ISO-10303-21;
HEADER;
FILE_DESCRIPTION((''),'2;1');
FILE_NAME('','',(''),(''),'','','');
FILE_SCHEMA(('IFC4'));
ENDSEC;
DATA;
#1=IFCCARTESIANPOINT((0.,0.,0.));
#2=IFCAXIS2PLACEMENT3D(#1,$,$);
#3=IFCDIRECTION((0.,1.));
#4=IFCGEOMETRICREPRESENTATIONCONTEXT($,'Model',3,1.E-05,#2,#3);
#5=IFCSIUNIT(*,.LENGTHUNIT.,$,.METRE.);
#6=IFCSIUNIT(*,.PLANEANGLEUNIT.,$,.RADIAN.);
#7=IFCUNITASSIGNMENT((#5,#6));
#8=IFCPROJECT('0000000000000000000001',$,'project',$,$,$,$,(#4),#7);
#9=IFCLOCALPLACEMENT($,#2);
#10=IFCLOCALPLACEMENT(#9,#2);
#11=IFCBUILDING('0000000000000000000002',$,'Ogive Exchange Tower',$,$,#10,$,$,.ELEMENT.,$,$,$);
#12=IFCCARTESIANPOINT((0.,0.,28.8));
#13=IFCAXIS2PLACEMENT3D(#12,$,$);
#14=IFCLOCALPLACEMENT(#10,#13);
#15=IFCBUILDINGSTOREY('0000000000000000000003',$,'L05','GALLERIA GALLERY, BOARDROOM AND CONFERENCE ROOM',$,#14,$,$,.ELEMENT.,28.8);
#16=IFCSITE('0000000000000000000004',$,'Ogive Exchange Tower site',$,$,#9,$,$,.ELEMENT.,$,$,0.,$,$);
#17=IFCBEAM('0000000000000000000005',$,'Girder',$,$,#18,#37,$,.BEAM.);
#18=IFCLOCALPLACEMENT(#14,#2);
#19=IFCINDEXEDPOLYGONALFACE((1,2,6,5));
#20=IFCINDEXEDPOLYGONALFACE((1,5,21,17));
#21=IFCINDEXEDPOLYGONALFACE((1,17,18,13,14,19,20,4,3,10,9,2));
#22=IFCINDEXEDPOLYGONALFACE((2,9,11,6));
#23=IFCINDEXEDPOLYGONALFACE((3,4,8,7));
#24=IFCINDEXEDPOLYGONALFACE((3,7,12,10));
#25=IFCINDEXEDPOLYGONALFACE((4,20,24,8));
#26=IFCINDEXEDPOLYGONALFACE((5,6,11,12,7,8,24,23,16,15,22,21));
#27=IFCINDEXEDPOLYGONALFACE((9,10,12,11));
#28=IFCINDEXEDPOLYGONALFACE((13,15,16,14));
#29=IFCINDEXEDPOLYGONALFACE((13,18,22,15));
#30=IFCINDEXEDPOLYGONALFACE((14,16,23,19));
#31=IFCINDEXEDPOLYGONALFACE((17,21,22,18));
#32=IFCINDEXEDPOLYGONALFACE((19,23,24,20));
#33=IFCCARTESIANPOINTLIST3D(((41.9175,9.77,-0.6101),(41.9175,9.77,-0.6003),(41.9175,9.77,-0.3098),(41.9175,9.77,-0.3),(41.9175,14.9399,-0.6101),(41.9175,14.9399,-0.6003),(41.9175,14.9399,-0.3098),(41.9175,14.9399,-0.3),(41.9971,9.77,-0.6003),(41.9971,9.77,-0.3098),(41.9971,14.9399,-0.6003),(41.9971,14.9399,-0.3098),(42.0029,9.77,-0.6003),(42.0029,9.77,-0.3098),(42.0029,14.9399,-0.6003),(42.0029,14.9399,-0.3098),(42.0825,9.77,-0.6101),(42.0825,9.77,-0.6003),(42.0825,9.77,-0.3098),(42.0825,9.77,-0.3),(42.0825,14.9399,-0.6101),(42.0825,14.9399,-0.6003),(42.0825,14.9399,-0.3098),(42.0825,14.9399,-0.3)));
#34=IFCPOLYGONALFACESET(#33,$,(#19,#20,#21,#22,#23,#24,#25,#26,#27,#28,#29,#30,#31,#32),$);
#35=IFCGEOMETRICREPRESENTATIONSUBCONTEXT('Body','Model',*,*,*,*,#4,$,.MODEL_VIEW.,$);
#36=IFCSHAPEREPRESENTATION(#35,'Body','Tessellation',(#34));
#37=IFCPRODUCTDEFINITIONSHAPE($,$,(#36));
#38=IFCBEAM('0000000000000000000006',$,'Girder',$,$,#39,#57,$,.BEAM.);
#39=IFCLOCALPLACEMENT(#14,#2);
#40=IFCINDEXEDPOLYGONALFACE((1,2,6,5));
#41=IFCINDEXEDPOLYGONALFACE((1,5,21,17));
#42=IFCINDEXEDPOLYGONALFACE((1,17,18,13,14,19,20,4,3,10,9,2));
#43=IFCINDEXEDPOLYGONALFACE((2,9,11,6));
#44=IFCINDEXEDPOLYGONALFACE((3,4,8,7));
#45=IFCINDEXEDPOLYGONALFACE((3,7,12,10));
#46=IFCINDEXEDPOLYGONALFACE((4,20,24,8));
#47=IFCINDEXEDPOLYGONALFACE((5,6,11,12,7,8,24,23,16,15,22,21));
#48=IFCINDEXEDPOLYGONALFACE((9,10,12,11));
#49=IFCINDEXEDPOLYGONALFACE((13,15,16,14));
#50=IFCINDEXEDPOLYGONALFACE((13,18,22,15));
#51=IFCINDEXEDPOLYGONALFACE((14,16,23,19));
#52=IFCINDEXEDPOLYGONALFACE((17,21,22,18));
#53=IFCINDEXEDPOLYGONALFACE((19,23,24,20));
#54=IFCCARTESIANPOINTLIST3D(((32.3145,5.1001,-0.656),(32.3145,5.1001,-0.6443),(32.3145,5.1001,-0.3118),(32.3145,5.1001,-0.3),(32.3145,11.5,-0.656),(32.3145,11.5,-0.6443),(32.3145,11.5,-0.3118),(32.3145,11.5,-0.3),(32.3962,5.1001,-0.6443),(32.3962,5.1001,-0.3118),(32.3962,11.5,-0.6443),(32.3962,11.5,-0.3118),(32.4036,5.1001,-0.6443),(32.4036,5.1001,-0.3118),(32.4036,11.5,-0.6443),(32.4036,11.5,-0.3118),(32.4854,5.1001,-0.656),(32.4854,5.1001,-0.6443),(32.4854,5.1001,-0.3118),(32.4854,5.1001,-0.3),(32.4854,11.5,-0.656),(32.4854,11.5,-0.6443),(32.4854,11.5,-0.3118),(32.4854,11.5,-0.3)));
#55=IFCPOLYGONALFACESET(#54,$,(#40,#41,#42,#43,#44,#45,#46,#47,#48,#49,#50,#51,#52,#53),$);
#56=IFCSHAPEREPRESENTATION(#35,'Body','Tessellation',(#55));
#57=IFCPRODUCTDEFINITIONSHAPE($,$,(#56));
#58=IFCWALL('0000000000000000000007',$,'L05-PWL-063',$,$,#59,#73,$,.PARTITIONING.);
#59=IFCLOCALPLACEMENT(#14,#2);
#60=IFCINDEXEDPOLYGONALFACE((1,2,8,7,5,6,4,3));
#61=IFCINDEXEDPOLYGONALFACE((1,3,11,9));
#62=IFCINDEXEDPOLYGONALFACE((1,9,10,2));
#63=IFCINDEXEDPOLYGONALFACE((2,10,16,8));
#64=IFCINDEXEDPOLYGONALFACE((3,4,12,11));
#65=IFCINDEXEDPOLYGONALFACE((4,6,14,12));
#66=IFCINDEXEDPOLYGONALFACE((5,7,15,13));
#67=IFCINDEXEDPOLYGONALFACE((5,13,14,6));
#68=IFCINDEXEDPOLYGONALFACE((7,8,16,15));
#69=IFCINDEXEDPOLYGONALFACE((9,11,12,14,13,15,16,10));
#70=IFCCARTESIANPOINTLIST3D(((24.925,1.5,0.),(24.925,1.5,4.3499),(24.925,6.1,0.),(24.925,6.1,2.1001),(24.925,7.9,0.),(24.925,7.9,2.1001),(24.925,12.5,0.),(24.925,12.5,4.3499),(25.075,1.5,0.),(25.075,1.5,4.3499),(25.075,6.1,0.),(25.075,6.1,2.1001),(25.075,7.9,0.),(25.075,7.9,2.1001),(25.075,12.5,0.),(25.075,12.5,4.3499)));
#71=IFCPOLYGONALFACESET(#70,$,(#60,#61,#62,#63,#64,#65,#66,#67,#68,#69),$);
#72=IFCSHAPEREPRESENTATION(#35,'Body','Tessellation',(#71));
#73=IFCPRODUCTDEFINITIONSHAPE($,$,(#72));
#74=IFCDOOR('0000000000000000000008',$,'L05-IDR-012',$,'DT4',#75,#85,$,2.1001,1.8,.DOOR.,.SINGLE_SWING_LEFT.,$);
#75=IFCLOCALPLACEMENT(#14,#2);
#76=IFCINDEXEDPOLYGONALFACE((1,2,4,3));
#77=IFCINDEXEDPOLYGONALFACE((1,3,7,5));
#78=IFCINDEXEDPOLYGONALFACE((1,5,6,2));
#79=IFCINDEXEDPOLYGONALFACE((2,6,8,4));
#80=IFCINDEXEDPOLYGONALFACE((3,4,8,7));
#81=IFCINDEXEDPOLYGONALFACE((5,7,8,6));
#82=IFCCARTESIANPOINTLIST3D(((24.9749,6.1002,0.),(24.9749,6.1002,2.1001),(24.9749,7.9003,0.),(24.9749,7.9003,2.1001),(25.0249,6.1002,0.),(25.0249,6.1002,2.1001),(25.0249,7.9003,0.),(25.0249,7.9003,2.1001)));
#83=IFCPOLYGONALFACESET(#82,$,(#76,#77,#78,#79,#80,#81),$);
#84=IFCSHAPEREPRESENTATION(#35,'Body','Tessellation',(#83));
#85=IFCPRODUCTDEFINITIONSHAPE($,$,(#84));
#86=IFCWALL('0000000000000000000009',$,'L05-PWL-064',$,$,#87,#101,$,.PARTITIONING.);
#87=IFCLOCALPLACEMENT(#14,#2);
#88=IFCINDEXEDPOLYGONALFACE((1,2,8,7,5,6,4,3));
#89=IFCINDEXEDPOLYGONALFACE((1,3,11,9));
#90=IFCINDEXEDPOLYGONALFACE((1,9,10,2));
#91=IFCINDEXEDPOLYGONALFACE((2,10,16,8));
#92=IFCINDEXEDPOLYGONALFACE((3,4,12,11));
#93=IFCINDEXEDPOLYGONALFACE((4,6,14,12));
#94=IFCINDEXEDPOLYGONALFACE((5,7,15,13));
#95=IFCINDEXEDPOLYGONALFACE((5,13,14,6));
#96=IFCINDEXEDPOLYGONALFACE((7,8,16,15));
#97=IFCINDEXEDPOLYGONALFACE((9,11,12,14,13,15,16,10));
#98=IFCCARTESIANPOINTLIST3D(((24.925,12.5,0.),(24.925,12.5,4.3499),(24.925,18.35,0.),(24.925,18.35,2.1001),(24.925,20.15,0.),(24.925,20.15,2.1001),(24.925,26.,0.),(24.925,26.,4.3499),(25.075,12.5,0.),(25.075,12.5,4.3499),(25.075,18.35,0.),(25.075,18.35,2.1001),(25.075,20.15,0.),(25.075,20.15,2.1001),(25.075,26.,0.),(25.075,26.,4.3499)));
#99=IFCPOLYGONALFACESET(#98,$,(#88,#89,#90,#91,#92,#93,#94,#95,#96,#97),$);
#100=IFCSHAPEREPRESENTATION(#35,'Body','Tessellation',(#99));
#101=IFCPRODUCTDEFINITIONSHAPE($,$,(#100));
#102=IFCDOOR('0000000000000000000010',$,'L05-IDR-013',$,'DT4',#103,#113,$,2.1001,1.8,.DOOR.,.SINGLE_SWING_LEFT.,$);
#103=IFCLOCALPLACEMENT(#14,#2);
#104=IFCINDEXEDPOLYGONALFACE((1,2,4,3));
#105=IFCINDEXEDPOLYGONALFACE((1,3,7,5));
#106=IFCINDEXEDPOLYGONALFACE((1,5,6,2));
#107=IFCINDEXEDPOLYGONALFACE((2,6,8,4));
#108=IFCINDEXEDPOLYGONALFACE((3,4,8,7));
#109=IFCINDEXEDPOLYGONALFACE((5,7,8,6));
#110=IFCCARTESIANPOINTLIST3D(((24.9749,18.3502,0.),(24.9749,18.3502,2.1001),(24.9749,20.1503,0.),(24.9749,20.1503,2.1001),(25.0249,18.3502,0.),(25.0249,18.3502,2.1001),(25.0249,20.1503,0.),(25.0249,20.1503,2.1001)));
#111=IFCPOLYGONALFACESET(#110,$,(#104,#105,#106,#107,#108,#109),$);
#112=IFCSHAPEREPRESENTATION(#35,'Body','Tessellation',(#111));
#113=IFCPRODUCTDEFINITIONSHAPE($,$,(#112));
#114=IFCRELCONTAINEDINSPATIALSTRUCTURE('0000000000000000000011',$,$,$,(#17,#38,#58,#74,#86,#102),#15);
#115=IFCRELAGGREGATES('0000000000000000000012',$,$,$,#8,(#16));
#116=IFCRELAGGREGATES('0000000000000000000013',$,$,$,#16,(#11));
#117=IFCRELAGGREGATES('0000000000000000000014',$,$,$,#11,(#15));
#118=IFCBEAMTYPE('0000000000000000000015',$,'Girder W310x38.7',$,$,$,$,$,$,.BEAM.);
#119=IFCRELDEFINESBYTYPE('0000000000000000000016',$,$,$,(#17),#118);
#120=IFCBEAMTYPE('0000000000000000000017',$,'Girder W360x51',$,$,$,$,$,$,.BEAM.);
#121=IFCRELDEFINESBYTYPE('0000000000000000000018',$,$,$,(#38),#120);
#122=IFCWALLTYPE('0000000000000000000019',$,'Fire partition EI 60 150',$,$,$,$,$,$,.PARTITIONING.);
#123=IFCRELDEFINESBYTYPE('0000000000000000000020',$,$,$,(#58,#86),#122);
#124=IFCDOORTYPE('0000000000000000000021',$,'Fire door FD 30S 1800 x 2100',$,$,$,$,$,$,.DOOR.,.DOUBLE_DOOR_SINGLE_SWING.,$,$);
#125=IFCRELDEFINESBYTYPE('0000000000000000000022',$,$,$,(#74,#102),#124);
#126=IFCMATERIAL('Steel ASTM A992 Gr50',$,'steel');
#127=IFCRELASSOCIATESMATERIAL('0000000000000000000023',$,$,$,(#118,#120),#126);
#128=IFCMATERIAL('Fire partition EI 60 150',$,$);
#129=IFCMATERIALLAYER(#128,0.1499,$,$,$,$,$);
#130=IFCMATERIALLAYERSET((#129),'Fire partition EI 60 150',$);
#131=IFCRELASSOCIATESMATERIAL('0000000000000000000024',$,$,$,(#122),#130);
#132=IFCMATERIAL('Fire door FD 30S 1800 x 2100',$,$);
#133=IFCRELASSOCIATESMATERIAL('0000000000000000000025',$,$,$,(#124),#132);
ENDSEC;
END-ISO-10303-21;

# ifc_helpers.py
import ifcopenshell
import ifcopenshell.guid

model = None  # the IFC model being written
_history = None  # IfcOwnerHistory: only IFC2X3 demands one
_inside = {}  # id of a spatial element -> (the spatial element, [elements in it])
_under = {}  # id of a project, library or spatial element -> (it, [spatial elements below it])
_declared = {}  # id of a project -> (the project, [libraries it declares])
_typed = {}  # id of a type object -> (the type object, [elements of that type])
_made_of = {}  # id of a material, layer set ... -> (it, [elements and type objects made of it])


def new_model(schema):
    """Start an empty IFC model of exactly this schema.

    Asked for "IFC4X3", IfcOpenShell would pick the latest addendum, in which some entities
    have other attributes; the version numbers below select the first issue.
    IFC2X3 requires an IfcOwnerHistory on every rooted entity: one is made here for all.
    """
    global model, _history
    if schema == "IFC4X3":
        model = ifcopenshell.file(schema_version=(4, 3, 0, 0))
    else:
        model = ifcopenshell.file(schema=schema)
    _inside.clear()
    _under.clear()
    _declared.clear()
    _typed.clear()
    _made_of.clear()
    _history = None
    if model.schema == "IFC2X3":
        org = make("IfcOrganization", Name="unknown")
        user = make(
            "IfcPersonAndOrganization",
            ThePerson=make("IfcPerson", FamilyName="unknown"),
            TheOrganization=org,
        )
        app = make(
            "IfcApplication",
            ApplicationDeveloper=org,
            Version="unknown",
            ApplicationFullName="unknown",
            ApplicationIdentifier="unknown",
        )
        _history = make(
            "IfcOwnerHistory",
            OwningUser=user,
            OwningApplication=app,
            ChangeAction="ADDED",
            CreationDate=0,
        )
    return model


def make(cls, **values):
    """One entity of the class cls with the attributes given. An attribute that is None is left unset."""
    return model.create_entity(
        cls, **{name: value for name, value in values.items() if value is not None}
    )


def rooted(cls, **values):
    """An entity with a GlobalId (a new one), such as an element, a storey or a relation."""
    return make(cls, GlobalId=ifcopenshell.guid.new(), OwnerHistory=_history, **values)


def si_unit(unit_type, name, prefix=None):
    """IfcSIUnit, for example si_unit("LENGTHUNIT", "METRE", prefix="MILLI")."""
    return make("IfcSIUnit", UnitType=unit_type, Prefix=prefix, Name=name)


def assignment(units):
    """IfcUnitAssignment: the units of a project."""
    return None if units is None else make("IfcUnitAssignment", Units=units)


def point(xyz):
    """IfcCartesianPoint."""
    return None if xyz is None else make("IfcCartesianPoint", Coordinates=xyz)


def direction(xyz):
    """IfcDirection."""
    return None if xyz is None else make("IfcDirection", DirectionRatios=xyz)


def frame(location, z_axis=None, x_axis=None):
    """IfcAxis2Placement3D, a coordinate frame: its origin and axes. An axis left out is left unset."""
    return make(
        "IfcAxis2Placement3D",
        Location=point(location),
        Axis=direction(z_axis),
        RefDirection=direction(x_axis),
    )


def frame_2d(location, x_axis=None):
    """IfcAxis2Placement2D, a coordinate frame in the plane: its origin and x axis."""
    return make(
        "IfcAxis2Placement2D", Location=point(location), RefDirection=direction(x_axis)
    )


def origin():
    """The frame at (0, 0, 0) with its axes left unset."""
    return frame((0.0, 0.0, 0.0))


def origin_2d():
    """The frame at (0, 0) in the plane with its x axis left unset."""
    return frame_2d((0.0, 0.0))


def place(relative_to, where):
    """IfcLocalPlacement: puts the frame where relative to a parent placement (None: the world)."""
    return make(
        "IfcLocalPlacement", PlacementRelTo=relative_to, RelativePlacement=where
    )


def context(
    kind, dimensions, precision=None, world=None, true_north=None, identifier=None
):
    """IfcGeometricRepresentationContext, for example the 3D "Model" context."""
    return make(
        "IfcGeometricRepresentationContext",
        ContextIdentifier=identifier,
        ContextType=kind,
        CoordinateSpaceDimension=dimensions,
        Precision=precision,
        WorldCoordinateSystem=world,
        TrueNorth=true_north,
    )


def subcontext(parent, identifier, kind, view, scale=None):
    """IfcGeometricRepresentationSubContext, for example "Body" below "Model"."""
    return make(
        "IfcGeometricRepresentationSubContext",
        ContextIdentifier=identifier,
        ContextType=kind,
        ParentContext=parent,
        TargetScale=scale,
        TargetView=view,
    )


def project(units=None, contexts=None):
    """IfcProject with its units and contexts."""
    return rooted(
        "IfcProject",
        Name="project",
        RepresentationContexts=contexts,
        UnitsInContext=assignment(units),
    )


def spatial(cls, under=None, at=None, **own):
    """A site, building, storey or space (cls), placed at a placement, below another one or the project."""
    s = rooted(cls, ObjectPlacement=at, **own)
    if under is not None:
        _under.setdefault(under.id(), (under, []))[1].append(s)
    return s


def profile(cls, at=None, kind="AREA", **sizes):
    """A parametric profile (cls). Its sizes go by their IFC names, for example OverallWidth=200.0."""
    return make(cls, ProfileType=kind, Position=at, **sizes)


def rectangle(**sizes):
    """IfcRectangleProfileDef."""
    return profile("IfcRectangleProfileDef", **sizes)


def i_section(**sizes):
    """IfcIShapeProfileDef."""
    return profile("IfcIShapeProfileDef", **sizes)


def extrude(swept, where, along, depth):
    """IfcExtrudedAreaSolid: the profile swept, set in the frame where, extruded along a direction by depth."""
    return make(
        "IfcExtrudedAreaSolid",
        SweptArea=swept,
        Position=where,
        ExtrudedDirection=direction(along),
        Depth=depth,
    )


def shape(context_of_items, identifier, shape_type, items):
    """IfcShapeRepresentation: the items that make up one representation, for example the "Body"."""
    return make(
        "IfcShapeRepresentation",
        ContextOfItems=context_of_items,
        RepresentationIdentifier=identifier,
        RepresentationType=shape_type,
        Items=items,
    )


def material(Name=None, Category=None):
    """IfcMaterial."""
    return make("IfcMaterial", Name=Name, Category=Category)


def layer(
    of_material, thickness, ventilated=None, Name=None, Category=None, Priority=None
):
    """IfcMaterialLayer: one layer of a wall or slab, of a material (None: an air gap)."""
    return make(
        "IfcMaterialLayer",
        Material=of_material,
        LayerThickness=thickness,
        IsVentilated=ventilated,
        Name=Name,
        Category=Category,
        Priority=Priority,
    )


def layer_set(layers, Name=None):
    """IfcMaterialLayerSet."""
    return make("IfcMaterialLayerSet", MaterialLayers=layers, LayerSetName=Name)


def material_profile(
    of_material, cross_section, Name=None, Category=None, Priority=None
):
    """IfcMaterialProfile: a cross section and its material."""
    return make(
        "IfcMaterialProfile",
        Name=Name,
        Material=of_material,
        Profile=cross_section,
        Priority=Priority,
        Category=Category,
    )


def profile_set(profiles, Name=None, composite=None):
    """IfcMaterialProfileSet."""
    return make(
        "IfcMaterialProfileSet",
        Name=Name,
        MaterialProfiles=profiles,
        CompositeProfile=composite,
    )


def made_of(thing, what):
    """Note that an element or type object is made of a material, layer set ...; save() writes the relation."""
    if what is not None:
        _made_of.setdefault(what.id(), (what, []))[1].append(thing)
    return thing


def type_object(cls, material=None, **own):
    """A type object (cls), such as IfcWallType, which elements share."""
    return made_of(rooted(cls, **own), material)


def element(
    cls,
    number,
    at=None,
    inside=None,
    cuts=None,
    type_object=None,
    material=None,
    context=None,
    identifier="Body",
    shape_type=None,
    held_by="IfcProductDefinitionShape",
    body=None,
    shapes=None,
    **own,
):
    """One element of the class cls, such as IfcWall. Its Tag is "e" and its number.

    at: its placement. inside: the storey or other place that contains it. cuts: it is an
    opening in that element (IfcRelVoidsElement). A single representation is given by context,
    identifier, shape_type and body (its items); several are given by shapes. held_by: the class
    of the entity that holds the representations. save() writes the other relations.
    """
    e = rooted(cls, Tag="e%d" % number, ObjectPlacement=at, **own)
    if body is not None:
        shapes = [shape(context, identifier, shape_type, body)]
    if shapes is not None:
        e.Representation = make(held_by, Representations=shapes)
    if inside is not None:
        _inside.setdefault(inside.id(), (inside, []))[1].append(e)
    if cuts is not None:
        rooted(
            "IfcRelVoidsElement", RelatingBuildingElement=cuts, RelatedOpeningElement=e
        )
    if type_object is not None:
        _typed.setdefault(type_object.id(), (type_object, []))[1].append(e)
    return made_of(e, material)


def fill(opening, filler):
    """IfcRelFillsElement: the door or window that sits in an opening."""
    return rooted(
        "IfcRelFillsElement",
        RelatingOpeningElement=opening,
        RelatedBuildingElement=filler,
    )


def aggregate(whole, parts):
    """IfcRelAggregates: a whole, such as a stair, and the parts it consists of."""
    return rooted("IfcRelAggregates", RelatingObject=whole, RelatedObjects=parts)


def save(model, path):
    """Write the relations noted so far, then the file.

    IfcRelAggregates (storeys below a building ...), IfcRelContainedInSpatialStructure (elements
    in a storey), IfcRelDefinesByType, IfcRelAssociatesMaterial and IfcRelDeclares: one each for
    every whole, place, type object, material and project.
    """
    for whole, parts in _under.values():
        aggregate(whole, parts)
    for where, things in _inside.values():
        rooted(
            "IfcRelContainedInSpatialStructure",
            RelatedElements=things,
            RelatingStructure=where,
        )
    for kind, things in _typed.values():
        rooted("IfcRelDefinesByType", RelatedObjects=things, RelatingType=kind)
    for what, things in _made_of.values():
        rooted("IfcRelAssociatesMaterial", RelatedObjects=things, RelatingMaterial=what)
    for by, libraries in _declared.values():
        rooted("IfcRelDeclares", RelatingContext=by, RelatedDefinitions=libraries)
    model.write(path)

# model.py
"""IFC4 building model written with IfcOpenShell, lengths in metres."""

from ifc_helpers import new_model, si_unit, direction, frame, frame_2d, origin, origin_2d, place, context, subcontext, project, spatial, rectangle, i_section, extrude, material, layer, layer_set, material_profile, profile_set, type_object, element, fill, save


model = new_model("IFC4")

# Units and contexts
model_context = context("Model", 3, precision=1e-05, world=origin(), true_north=direction((0.0, 1.0)))
body_context = subcontext(model_context, "Body", "Model", "MODEL_VIEW")
ifc_project = project(units=[si_unit("LENGTHUNIT", "METRE"), si_unit("PLANEANGLEUNIT", "RADIAN")], contexts=[model_context])

# Site, building, storey
site_placement = place(None, origin())
site = spatial("IfcSite", under=ifc_project, at=site_placement, Name="Ogive Exchange Tower site", CompositionType="ELEMENT", RefElevation=0.0)
building_placement = place(site_placement, origin())
building = spatial("IfcBuilding", under=site, at=building_placement, Name="Ogive Exchange Tower", CompositionType="ELEMENT")
storey_placement = place(building_placement, frame((0.0, 0.0, 28.8)))
storey = spatial("IfcBuildingStorey", under=building, at=storey_placement, Name="L05", Description="GALLERIA GALLERY, BOARDROOM AND CONFERENCE ROOM", CompositionType="ELEMENT", Elevation=28.8)

# Beams
ifc_material_1 = material(Name="Steel ASTM A992 Gr50", Category="steel")
ifc_material_profile_1 = material_profile(ifc_material_1, i_section(OverallWidth=0.165, OverallDepth=0.3101, WebThickness=0.0059, FlangeThickness=0.0098, at=origin_2d()), Name="W310x38.7")
ifc_profile_set_1 = profile_set([ifc_material_profile_1], Name="Steel ASTM A992 Gr50")
beam_type_1 = type_object("IfcBeamType", Name="Girder W310x38.7", PredefinedType="BEAM", material=ifc_profile_set_1)
beam_1_placement = place(storey_placement, frame((42.0, 9.77, -0.4551), z_axis=(0.0, 1.0, 0.0), x_axis=(-1.0, 0.0, 0.0)))
element("IfcBeam", 1, at=beam_1_placement, inside=storey, type_object=beam_type_1, Name="Girder", PredefinedType="BEAM", context=body_context, shape_type="SweptSolid", body=[
    extrude(i_section(OverallWidth=0.165, OverallDepth=0.3101, WebThickness=0.0059, FlangeThickness=0.0098, at=origin_2d()), origin(), (0.0, 0.0, 1.0), 5.1699),
])
ifc_material_profile_2 = material_profile(ifc_material_1, i_section(OverallWidth=0.1709, OverallDepth=0.356, WebThickness=0.0073, FlangeThickness=0.0117, at=origin_2d()), Name="W360x51")
ifc_profile_set_2 = profile_set([ifc_material_profile_2], Name="Steel ASTM A992 Gr50")
beam_type_2 = type_object("IfcBeamType", Name="Girder W360x51", PredefinedType="BEAM", material=ifc_profile_set_2)
beam_2_placement = place(storey_placement, frame((32.3999, 5.1001, -0.478), z_axis=(0.0, 1.0, 0.0), x_axis=(-1.0, 0.0, 0.0)))
element("IfcBeam", 2, at=beam_2_placement, inside=storey, type_object=beam_type_2, Name="Girder", PredefinedType="BEAM", context=body_context, shape_type="SweptSolid", body=[
    extrude(i_section(OverallWidth=0.1709, OverallDepth=0.356, WebThickness=0.0073, FlangeThickness=0.0117, at=origin_2d()), origin(), (0.0, 0.0, 1.0), 6.3999),
])

# Walls, openings, doors
ifc_material_2 = material(Name="Fire partition EI 60 150")
ifc_layer_1 = layer(ifc_material_2, 0.1499)
ifc_layer_set_1 = layer_set([ifc_layer_1], Name="Fire partition EI 60 150")
wall_type_1 = type_object("IfcWallType", Name="Fire partition EI 60 150", PredefinedType="PARTITIONING", material=ifc_layer_set_1)
wall_1_placement = place(storey_placement, frame((25.0, 1.5, 0.0), z_axis=(0.0, 0.0, 1.0), x_axis=(0.0, 1.0, 0.0)))
wall_1 = element("IfcWall", 3, at=wall_1_placement, inside=storey, type_object=wall_type_1, Name="L05-PWL-063", PredefinedType="PARTITIONING", context=body_context, shape_type="SweptSolid", body=[
    extrude(rectangle(XDim=11.0, YDim=0.1499, at=frame_2d((5.5, 0.0))), origin(), (0.0, 0.0, 1.0), 4.3499),
])
opening_1_placement = place(wall_1_placement, frame((4.6001, 0.0, 0.0)))
opening_1 = element("IfcOpeningElement", 4, at=opening_1_placement, cuts=wall_1, PredefinedType="OPENING", context=body_context, shape_type="SweptSolid", body=[
    extrude(rectangle(XDim=1.8, YDim=2.1001, at=frame_2d((0.8999, 1.05))), frame((0.0, 0.085, 0.0), z_axis=(0.0, -1.0, 0.0), x_axis=(1.0, 0.0, 0.0)), (0.0, 0.0, 1.0), 0.1699),
])
ifc_material_3 = material(Name="Fire door FD 30S 1800 x 2100")
door_type = type_object("IfcDoorType", Name="Fire door FD 30S 1800 x 2100", OperationType="DOUBLE_DOOR_SINGLE_SWING", PredefinedType="DOOR", material=ifc_material_3)
door_1_placement = place(opening_1_placement, frame((1.8, 0.0, 0.0), z_axis=(0.0, 0.0, 1.0), x_axis=(-1.0, 0.0, 0.0)))
door_1 = element("IfcDoor", 5, at=door_1_placement, inside=storey, type_object=door_type, Name="L05-IDR-012", ObjectType="DT4", OperationType="SINGLE_SWING_LEFT", OverallHeight=2.1001, OverallWidth=1.8, PredefinedType="DOOR", context=body_context, shape_type="SweptSolid", body=[
    extrude(rectangle(XDim=1.8, YDim=2.1001, at=frame_2d((0.8999, 1.05))), frame((0.0, 0.0249, 0.0), z_axis=(0.0, -1.0, 0.0), x_axis=(1.0, 0.0, 0.0)), (0.0, 0.0, 1.0), 0.05),
])
fill(opening_1, door_1)
wall_2_placement = place(storey_placement, frame((25.0, 12.5, 0.0), z_axis=(0.0, 0.0, 1.0), x_axis=(0.0, 1.0, 0.0)))
wall_2 = element("IfcWall", 6, at=wall_2_placement, inside=storey, type_object=wall_type_1, Name="L05-PWL-064", PredefinedType="PARTITIONING", context=body_context, shape_type="SweptSolid", body=[
    extrude(rectangle(XDim=13.5, YDim=0.1499, at=frame_2d((6.75, 0.0))), origin(), (0.0, 0.0, 1.0), 4.3499),
])
opening_2_placement = place(wall_2_placement, frame((5.8501, 0.0, 0.0)))
opening_2 = element("IfcOpeningElement", 7, at=opening_2_placement, cuts=wall_2, PredefinedType="OPENING", context=body_context, shape_type="SweptSolid", body=[
    extrude(rectangle(XDim=1.8, YDim=2.1001, at=frame_2d((0.8999, 1.05))), frame((0.0, 0.085, 0.0), z_axis=(0.0, -1.0, 0.0), x_axis=(1.0, 0.0, 0.0)), (0.0, 0.0, 1.0), 0.1699),
])
door_2_placement = place(opening_2_placement, frame((1.8, 0.0, 0.0), z_axis=(0.0, 0.0, 1.0), x_axis=(-1.0, 0.0, 0.0)))
door_2 = element("IfcDoor", 8, at=door_2_placement, inside=storey, type_object=door_type, Name="L05-IDR-013", ObjectType="DT4", OperationType="SINGLE_SWING_LEFT", OverallHeight=2.1001, OverallWidth=1.8, PredefinedType="DOOR", context=body_context, shape_type="SweptSolid", body=[
    extrude(rectangle(XDim=1.8, YDim=2.1001, at=frame_2d((0.8999, 1.05))), frame((0.0, 0.0249, 0.0), z_axis=(0.0, -1.0, 0.0), x_axis=(1.0, 0.0, 0.0)), (0.0, 0.0, 1.0), 0.05),
])
fill(opening_2, door_2)

save(model, "model.ifc")
